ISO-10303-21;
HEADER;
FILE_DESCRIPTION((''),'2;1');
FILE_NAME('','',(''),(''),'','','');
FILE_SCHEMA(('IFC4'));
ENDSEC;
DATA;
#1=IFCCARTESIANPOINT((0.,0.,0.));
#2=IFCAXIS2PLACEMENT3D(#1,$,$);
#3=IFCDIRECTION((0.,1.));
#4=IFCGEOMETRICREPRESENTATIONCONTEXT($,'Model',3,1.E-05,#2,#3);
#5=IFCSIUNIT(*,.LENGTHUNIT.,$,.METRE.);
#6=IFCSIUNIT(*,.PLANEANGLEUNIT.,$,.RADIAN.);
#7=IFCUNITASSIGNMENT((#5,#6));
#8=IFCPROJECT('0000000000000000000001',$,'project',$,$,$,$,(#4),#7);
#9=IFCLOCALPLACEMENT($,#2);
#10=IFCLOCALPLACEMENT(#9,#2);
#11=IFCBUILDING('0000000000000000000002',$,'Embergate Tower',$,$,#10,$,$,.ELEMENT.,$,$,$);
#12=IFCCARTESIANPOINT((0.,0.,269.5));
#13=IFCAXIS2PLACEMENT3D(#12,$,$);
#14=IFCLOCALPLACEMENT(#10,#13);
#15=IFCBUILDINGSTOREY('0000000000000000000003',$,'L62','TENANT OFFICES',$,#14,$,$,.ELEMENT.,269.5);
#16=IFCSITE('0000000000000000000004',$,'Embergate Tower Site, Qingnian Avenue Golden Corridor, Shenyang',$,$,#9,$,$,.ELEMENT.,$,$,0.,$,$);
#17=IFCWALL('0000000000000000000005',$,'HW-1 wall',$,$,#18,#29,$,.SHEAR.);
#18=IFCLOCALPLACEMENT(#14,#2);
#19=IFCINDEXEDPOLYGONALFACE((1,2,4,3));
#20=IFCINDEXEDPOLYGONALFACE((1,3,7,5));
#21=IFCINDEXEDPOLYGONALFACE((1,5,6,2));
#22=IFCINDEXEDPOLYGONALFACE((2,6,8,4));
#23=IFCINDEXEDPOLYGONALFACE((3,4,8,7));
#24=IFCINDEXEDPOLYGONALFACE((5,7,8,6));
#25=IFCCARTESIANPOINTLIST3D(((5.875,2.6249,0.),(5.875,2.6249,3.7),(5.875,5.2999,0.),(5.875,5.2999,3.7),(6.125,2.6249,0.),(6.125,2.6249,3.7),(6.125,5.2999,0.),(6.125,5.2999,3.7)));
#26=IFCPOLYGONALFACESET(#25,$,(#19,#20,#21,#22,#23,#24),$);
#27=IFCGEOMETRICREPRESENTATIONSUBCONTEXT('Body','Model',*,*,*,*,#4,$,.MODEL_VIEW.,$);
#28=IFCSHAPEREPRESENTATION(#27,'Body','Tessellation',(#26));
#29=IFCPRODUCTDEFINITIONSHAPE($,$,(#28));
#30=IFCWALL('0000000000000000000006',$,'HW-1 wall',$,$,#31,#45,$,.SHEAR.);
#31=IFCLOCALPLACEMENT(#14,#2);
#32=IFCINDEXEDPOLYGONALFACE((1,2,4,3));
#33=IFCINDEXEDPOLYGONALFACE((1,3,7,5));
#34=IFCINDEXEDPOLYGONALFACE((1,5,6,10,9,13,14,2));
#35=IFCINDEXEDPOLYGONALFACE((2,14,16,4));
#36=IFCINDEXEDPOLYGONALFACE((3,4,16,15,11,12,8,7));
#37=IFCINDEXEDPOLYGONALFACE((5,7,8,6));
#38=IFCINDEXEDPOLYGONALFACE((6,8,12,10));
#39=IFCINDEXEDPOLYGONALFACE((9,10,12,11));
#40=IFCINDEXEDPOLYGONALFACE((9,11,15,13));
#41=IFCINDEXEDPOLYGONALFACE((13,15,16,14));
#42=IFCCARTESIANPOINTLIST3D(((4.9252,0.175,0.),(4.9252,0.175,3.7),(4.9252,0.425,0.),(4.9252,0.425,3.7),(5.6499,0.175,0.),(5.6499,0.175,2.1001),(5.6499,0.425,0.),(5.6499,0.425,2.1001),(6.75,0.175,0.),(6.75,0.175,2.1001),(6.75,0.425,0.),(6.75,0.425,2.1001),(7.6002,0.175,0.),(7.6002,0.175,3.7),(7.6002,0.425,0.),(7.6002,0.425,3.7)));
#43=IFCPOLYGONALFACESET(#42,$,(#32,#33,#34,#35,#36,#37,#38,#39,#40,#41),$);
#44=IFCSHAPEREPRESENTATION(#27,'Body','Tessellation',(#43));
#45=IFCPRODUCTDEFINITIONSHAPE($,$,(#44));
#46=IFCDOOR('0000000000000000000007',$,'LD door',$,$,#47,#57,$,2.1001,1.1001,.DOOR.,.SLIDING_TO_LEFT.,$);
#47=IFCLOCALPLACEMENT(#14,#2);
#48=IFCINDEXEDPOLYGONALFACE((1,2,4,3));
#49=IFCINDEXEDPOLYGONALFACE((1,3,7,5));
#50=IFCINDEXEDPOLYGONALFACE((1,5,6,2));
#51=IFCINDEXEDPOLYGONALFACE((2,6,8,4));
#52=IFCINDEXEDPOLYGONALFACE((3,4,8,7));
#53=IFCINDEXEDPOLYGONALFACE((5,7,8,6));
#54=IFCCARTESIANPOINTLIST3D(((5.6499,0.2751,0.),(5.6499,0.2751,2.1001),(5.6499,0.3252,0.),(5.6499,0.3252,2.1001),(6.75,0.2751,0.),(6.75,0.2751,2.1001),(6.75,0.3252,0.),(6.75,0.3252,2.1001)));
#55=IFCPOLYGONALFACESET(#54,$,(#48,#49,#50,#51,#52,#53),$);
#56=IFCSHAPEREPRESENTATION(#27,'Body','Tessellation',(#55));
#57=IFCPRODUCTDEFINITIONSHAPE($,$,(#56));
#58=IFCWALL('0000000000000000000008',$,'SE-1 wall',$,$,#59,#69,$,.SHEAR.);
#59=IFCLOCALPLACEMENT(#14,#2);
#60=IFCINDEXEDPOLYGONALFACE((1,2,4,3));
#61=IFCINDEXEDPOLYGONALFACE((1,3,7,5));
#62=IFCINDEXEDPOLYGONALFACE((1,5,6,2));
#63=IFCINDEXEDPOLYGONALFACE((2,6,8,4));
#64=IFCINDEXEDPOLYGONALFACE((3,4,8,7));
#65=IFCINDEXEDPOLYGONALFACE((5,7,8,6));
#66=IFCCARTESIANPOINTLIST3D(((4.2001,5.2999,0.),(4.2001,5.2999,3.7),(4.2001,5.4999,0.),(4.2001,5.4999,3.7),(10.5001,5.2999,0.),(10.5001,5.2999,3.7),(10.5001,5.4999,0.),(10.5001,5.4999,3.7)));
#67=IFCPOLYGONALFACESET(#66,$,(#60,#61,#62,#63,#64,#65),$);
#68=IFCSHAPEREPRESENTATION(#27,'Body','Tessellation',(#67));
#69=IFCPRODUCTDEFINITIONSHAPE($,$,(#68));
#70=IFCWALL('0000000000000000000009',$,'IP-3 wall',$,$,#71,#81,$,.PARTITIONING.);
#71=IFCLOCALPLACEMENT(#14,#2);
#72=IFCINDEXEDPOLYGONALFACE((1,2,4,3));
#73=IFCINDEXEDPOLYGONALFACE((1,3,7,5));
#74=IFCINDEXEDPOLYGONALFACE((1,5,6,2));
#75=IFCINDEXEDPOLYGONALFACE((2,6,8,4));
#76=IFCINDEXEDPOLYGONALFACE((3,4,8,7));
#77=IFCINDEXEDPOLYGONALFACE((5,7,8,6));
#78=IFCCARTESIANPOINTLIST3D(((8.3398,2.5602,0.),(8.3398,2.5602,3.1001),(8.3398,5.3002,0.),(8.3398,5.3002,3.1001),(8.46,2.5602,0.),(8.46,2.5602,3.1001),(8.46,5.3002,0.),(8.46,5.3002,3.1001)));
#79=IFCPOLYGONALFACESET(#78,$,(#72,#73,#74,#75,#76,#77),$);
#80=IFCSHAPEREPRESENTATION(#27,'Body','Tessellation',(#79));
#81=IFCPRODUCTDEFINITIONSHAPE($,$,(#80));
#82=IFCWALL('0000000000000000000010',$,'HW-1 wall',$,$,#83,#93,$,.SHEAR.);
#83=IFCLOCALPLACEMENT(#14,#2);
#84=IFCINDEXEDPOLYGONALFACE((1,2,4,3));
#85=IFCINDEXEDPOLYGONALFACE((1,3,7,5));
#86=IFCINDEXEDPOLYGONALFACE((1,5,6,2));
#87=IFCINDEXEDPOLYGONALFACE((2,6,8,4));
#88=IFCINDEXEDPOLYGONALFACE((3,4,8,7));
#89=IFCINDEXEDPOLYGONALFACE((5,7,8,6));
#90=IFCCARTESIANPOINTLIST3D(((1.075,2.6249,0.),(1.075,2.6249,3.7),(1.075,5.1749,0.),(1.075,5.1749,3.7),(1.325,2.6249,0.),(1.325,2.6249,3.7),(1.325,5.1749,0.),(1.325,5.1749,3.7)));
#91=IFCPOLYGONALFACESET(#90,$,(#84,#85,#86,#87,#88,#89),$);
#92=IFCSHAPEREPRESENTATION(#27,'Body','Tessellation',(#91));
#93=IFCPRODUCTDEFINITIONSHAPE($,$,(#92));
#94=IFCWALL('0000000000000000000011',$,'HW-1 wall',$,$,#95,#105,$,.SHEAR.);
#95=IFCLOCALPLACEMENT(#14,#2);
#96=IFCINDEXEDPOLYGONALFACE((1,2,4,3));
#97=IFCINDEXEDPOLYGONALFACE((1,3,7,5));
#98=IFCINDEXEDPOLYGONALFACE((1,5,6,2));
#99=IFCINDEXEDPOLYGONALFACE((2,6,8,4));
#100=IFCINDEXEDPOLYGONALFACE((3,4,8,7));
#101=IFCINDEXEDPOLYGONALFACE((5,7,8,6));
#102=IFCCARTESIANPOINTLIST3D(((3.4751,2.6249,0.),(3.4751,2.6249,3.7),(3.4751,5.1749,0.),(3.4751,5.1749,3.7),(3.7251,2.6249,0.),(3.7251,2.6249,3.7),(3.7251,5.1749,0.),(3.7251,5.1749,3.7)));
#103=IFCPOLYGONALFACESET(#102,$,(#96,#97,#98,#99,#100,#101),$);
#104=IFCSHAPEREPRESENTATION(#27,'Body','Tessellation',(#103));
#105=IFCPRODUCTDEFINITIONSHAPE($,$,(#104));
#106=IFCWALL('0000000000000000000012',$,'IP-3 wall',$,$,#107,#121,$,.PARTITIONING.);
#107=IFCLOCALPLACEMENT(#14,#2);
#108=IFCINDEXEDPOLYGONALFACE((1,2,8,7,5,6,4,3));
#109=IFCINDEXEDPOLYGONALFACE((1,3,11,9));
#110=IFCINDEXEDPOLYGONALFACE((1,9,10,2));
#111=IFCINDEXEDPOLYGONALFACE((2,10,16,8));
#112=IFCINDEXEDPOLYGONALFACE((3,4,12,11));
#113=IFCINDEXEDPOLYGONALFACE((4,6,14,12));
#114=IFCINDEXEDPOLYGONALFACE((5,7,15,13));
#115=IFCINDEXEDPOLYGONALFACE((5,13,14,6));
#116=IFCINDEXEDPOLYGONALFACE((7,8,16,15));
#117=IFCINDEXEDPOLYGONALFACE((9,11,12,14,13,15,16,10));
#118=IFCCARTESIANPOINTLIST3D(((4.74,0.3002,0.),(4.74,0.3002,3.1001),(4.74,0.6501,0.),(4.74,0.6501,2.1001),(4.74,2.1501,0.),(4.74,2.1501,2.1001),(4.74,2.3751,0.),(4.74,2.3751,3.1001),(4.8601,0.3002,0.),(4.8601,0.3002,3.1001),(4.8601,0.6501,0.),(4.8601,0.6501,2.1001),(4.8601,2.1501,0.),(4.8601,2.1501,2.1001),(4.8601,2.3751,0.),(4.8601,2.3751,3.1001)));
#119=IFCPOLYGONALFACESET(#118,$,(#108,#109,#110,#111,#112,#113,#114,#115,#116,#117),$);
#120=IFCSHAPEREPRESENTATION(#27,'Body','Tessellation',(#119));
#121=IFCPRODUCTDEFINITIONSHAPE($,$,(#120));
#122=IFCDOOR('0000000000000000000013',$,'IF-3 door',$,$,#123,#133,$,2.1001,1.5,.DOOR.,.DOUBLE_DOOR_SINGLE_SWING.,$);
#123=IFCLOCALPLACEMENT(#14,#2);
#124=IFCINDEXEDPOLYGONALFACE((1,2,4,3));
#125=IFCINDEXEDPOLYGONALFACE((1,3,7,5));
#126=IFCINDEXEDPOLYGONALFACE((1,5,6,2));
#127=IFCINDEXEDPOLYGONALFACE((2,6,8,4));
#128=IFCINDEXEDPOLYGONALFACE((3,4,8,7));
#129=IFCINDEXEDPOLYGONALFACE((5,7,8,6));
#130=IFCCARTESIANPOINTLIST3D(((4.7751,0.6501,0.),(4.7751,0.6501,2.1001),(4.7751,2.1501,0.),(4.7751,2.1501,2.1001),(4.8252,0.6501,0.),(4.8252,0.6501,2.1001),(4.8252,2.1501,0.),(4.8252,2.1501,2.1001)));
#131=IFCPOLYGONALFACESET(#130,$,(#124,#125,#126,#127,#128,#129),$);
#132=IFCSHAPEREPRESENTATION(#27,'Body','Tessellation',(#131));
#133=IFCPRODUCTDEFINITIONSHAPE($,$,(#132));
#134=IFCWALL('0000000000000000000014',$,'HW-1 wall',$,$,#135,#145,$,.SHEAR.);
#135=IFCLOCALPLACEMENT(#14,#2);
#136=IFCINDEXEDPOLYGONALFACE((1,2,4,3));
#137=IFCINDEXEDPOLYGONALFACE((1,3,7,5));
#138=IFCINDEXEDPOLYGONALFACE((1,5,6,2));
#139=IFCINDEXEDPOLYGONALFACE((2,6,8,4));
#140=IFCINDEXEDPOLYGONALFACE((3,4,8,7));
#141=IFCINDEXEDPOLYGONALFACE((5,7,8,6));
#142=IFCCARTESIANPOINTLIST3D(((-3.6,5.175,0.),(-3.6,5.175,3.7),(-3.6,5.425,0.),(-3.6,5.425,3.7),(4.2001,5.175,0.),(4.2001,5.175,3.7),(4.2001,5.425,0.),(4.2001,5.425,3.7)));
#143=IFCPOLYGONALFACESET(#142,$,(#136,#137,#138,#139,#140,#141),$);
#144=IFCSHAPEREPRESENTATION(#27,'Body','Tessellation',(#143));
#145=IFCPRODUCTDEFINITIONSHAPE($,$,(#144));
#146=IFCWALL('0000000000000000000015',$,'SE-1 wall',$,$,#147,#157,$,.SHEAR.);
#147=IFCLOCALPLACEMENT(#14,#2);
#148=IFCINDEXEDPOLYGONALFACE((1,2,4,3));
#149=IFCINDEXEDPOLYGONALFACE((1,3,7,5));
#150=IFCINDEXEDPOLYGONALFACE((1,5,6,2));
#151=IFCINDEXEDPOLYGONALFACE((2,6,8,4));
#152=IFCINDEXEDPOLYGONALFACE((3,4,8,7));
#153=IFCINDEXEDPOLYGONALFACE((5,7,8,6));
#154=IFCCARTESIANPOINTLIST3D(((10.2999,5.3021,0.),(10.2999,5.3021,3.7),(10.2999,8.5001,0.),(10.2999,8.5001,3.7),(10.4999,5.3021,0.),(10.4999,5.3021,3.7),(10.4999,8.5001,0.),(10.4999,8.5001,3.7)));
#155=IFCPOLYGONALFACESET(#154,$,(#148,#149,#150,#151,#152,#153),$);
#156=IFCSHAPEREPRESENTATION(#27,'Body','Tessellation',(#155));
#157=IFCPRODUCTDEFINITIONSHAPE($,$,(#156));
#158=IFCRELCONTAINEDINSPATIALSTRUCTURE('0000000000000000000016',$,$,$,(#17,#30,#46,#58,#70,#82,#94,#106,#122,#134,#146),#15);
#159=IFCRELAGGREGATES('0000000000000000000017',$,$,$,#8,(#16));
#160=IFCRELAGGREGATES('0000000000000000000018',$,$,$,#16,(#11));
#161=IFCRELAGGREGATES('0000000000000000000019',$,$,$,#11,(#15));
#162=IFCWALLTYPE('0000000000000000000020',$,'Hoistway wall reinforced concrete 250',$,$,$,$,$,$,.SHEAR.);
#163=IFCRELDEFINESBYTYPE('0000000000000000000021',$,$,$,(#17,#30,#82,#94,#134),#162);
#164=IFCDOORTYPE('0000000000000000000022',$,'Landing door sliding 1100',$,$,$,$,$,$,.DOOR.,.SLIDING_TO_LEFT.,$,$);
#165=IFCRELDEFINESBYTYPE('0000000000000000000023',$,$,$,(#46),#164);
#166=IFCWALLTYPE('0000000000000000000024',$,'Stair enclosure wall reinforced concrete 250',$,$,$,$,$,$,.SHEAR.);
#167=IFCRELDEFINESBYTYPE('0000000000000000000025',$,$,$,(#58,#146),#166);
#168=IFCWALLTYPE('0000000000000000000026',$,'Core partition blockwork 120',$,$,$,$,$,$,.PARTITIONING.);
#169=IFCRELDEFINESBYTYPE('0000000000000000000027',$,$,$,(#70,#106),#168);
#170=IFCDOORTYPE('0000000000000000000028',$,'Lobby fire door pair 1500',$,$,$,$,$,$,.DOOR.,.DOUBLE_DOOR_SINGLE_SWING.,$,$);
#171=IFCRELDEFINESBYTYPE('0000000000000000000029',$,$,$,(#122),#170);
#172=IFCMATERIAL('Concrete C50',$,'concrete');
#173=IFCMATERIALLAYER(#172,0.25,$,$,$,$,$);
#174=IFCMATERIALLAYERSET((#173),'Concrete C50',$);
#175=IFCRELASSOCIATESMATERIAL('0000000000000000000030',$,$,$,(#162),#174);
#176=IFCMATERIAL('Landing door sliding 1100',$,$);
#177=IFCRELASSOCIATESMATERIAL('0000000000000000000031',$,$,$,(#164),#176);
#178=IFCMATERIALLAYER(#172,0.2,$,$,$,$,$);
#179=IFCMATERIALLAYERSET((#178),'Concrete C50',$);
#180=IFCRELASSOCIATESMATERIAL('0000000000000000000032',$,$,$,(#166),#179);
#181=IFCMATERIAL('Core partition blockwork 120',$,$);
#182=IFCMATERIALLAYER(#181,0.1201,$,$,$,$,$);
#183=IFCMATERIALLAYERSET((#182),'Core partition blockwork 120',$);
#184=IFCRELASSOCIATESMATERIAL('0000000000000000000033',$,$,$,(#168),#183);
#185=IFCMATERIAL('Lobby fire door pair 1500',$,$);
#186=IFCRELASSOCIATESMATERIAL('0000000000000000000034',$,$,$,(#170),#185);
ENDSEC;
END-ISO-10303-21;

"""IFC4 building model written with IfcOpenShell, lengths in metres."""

from ifc_helpers import new_model, si_unit, direction, frame, frame_2d, origin, place, context, subcontext, project, spatial, rectangle, extrude, source, transform, mapped, material, layer, layer_set, type_object, element, fill, save


model = new_model("IFC4")

# Units and contexts
model_context = context("Model", 3, precision=1e-05, world=origin(), true_north=direction((0.0, 1.0)))
body_context = subcontext(model_context, "Body", "Model", "MODEL_VIEW")
ifc_project = project(units=[si_unit("LENGTHUNIT", "METRE"), si_unit("PLANEANGLEUNIT", "RADIAN")], contexts=[model_context])

# Site, building, storey
site_placement = place(None, origin())
site = spatial("IfcSite", under=ifc_project, at=site_placement, Name="Embergate Tower Site, Qingnian Avenue Golden Corridor, Shenyang", CompositionType="ELEMENT", RefElevation=0.0)
building_placement = place(site_placement, origin())
building = spatial("IfcBuilding", under=site, at=building_placement, Name="Embergate Tower", CompositionType="ELEMENT")
storey_placement = place(building_placement, frame((0.0, 0.0, 269.5)))
storey = spatial("IfcBuildingStorey", under=building, at=storey_placement, Name="L62", Description="TENANT OFFICES", CompositionType="ELEMENT", Elevation=269.5)

# Wall
ifc_material_1 = material(Name="Concrete C50", Category="concrete")
ifc_layer_1 = layer(ifc_material_1, 0.25)
ifc_layer_set_1 = layer_set([ifc_layer_1], Name="Concrete C50")
wall_type_1 = type_object("IfcWallType", Name="Hoistway wall reinforced concrete 250", PredefinedType="SHEAR", material=ifc_layer_set_1)
shared_shape_1 = source(origin(), body_context, "Body", "SweptSolid", [
    extrude(rectangle(XDim=2.675, YDim=0.25, at=frame_2d((1.3374, 0.0))), origin(), (0.0, 0.0, 1.0), 3.7),
])
wall_1_placement = place(storey_placement, frame((6.0, 2.625, 0.0), z_axis=(0.0, 0.0, 1.0), x_axis=(0.0, 1.0, 0.0)))
element("IfcWall", 1, at=wall_1_placement, inside=storey, type_object=wall_type_1, Name="HW-1 wall", PredefinedType="SHEAR", context=body_context, shape_type="MappedRepresentation", body=[
    mapped(shared_shape_1, transform((0.0, 0.0, 0.0))),
])

# Wall, opening, door
wall_2_placement = place(storey_placement, frame((7.6001, 0.3, 0.0), z_axis=(0.0, 0.0, 1.0), x_axis=(-1.0, 0.0, 0.0)))
wall_2 = element("IfcWall", 2, at=wall_2_placement, inside=storey, type_object=wall_type_1, Name="HW-1 wall", PredefinedType="SHEAR", context=body_context, shape_type="MappedRepresentation", body=[
    mapped(shared_shape_1, transform((0.0, 0.0, 0.0))),
])
shared_shape_2 = source(origin(), body_context, "Body", "SweptSolid", [
    extrude(rectangle(XDim=1.1001, YDim=2.1001, at=frame_2d((0.55, 1.05))), frame((0.0, 0.135, 0.0), z_axis=(0.0, -1.0, 0.0), x_axis=(1.0, 0.0, 0.0)), (0.0, 0.0, 1.0), 0.27),
])
opening_1_placement = place(wall_2_placement, frame((0.8501, 0.0, 0.0)))
opening_1 = element("IfcOpeningElement", 3, at=opening_1_placement, cuts=wall_2, PredefinedType="OPENING", context=body_context, shape_type="MappedRepresentation", body=[
    mapped(shared_shape_2, transform((0.0, 0.0, 0.0))),
])
ifc_material_2 = material(Name="Landing door sliding 1100")
door_type_1 = type_object("IfcDoorType", Name="Landing door sliding 1100", OperationType="SLIDING_TO_LEFT", PredefinedType="DOOR", material=ifc_material_2)
shared_shape_3 = source(origin(), body_context, "Body", "SweptSolid", [
    extrude(rectangle(XDim=1.1001, YDim=2.1001, at=frame_2d((0.55, 1.05))), frame((0.0, 0.0249, 0.0), z_axis=(0.0, -1.0, 0.0), x_axis=(1.0, 0.0, 0.0)), (0.0, 0.0, 1.0), 0.05),
])
door_1_placement = place(opening_1_placement, origin())
door_1 = element("IfcDoor", 4, at=door_1_placement, inside=storey, type_object=door_type_1, Name="LD door", OperationType="SLIDING_TO_LEFT", OverallHeight=2.1001, OverallWidth=1.1001, PredefinedType="DOOR", context=body_context, shape_type="MappedRepresentation", body=[
    mapped(shared_shape_3, transform((0.0, 0.0, 0.0))),
])
fill(opening_1, door_1)

# Walls
ifc_layer_2 = layer(ifc_material_1, 0.2)
ifc_layer_set_2 = layer_set([ifc_layer_2], Name="Concrete C50")
wall_type_2 = type_object("IfcWallType", Name="Stair enclosure wall reinforced concrete 250", PredefinedType="SHEAR", material=ifc_layer_set_2)
shared_shape_4 = source(origin(), body_context, "Body", "SweptSolid", [
    extrude(rectangle(XDim=6.3, YDim=0.2, at=frame_2d((3.1499, 0.0))), origin(), (0.0, 0.0, 1.0), 3.7),
])
wall_3_placement = place(storey_placement, frame((10.5, 5.3999, 0.0), z_axis=(0.0, 0.0, 1.0), x_axis=(-1.0, 0.0, 0.0)))
element("IfcWall", 5, at=wall_3_placement, inside=storey, type_object=wall_type_2, Name="SE-1 wall", PredefinedType="SHEAR", context=body_context, shape_type="MappedRepresentation", body=[
    mapped(shared_shape_4, transform((0.0, 0.0, 0.0))),
])
ifc_material_3 = material(Name="Core partition blockwork 120")
ifc_layer_3 = layer(ifc_material_3, 0.1201)
ifc_layer_set_3 = layer_set([ifc_layer_3], Name="Core partition blockwork 120")
wall_type_3 = type_object("IfcWallType", Name="Core partition blockwork 120", PredefinedType="PARTITIONING", material=ifc_layer_set_3)
shared_shape_5 = source(origin(), body_context, "Body", "SweptSolid", [
    extrude(rectangle(XDim=2.74, YDim=0.1201, at=frame_2d((1.3701, 0.0))), origin(), (0.0, 0.0, 1.0), 3.1001),
])
wall_4_placement = place(storey_placement, frame((8.3999, 2.5601, 0.0), z_axis=(0.0, 0.0, 1.0), x_axis=(0.0, 1.0, 0.0)))
element("IfcWall", 6, at=wall_4_placement, inside=storey, type_object=wall_type_3, Name="IP-3 wall", PredefinedType="PARTITIONING", context=body_context, shape_type="MappedRepresentation", body=[
    mapped(shared_shape_5, transform((0.0, 0.0, 0.0))),
])
shared_shape_6 = source(origin(), body_context, "Body", "SweptSolid", [
    extrude(rectangle(XDim=2.55, YDim=0.25, at=frame_2d((1.2749, 0.0))), origin(), (0.0, 0.0, 1.0), 3.7),
])
for number, where, z_axis, x_axis, name in (
    (7, (1.2, 2.625, 0.0), (0.0, 0.0, 1.0), (0.0, 1.0, 0.0), "HW-1 wall"),
    (8, (3.6001, 2.625, 0.0), (0.0, 0.0, 1.0), (0.0, 1.0, 0.0), "HW-1 wall"),
):
    element("IfcWall", number, at=place(storey_placement, frame(where, z_axis=z_axis, x_axis=x_axis)), inside=storey, type_object=wall_type_1, Name=name, PredefinedType="SHEAR", context=body_context, shape_type="MappedRepresentation", body=[
        mapped(shared_shape_6, transform((0.0, 0.0, 0.0))),
    ])

# Wall, opening, door
shared_shape_7 = source(origin(), body_context, "Body", "SweptSolid", [
    extrude(rectangle(XDim=2.075, YDim=0.1201, at=frame_2d((1.0376, 0.0))), origin(), (0.0, 0.0, 1.0), 3.1001),
])
wall_5_placement = place(storey_placement, frame((4.8, 0.3, 0.0), z_axis=(0.0, 0.0, 1.0), x_axis=(0.0, 1.0, 0.0)))
wall_5 = element("IfcWall", 9, at=wall_5_placement, inside=storey, type_object=wall_type_3, Name="IP-3 wall", PredefinedType="PARTITIONING", context=body_context, shape_type="MappedRepresentation", body=[
    mapped(shared_shape_7, transform((0.0, 0.0, 0.0))),
])
shared_shape_8 = source(origin(), body_context, "Body", "SweptSolid", [
    extrude(rectangle(XDim=1.5, YDim=2.1001, at=frame_2d((0.75, 1.05))), frame((0.0, 0.0701, 0.0), z_axis=(0.0, -1.0, 0.0), x_axis=(1.0, 0.0, 0.0)), (0.0, 0.0, 1.0), 0.1401),
])
opening_2_placement = place(wall_5_placement, frame((0.3501, 0.0, 0.0)))
opening_2 = element("IfcOpeningElement", 10, at=opening_2_placement, cuts=wall_5, PredefinedType="OPENING", context=body_context, shape_type="MappedRepresentation", body=[
    mapped(shared_shape_8, transform((0.0, 0.0, 0.0))),
])
ifc_material_4 = material(Name="Lobby fire door pair 1500")
door_type_2 = type_object("IfcDoorType", Name="Lobby fire door pair 1500", OperationType="DOUBLE_DOOR_SINGLE_SWING", PredefinedType="DOOR", material=ifc_material_4)
shared_shape_9 = source(origin(), body_context, "Body", "SweptSolid", [
    extrude(rectangle(XDim=1.5, YDim=2.1001, at=frame_2d((0.75, 1.05))), frame((0.0, 0.0249, 0.0), z_axis=(0.0, -1.0, 0.0), x_axis=(1.0, 0.0, 0.0)), (0.0, 0.0, 1.0), 0.05),
])
door_2_placement = place(opening_2_placement, origin())
door_2 = element("IfcDoor", 11, at=door_2_placement, inside=storey, type_object=door_type_2, Name="IF-3 door", OperationType="DOUBLE_DOOR_SINGLE_SWING", OverallHeight=2.1001, OverallWidth=1.5, PredefinedType="DOOR", context=body_context, shape_type="MappedRepresentation", body=[
    mapped(shared_shape_9, transform((0.0, 0.0, 0.0))),
])
fill(opening_2, door_2)

# Walls
shared_shape_10 = source(origin(), body_context, "Body", "SweptSolid", [
    extrude(rectangle(XDim=7.8, YDim=0.25, at=frame_2d((3.8999, 0.0))), origin(), (0.0, 0.0, 1.0), 3.7),
])
wall_6_placement = place(storey_placement, frame((4.2, 5.3, 0.0), z_axis=(0.0, 0.0, 1.0), x_axis=(-1.0, 0.0, 0.0)))
element("IfcWall", 12, at=wall_6_placement, inside=storey, type_object=wall_type_1, Name="HW-1 wall", PredefinedType="SHEAR", context=body_context, shape_type="MappedRepresentation", body=[
    mapped(shared_shape_10, transform((0.0, 0.0, 0.0))),
])
shared_shape_11 = source(origin(), body_context, "Body", "SweptSolid", [
    extrude(rectangle(XDim=3.198, YDim=0.2, at=frame_2d((1.5991, 0.0))), origin(), (0.0, 0.0, 1.0), 3.7),
])
wall_7_placement = place(storey_placement, frame((10.3999, 5.302, 0.0), z_axis=(0.0, 0.0, 1.0), x_axis=(0.0, 1.0, 0.0)))
element("IfcWall", 13, at=wall_7_placement, inside=storey, type_object=wall_type_2, Name="SE-1 wall", PredefinedType="SHEAR", context=body_context, shape_type="MappedRepresentation", body=[
    mapped(shared_shape_11, transform((0.0, 0.0, 0.0))),
])

save(model, "model.ifc")
